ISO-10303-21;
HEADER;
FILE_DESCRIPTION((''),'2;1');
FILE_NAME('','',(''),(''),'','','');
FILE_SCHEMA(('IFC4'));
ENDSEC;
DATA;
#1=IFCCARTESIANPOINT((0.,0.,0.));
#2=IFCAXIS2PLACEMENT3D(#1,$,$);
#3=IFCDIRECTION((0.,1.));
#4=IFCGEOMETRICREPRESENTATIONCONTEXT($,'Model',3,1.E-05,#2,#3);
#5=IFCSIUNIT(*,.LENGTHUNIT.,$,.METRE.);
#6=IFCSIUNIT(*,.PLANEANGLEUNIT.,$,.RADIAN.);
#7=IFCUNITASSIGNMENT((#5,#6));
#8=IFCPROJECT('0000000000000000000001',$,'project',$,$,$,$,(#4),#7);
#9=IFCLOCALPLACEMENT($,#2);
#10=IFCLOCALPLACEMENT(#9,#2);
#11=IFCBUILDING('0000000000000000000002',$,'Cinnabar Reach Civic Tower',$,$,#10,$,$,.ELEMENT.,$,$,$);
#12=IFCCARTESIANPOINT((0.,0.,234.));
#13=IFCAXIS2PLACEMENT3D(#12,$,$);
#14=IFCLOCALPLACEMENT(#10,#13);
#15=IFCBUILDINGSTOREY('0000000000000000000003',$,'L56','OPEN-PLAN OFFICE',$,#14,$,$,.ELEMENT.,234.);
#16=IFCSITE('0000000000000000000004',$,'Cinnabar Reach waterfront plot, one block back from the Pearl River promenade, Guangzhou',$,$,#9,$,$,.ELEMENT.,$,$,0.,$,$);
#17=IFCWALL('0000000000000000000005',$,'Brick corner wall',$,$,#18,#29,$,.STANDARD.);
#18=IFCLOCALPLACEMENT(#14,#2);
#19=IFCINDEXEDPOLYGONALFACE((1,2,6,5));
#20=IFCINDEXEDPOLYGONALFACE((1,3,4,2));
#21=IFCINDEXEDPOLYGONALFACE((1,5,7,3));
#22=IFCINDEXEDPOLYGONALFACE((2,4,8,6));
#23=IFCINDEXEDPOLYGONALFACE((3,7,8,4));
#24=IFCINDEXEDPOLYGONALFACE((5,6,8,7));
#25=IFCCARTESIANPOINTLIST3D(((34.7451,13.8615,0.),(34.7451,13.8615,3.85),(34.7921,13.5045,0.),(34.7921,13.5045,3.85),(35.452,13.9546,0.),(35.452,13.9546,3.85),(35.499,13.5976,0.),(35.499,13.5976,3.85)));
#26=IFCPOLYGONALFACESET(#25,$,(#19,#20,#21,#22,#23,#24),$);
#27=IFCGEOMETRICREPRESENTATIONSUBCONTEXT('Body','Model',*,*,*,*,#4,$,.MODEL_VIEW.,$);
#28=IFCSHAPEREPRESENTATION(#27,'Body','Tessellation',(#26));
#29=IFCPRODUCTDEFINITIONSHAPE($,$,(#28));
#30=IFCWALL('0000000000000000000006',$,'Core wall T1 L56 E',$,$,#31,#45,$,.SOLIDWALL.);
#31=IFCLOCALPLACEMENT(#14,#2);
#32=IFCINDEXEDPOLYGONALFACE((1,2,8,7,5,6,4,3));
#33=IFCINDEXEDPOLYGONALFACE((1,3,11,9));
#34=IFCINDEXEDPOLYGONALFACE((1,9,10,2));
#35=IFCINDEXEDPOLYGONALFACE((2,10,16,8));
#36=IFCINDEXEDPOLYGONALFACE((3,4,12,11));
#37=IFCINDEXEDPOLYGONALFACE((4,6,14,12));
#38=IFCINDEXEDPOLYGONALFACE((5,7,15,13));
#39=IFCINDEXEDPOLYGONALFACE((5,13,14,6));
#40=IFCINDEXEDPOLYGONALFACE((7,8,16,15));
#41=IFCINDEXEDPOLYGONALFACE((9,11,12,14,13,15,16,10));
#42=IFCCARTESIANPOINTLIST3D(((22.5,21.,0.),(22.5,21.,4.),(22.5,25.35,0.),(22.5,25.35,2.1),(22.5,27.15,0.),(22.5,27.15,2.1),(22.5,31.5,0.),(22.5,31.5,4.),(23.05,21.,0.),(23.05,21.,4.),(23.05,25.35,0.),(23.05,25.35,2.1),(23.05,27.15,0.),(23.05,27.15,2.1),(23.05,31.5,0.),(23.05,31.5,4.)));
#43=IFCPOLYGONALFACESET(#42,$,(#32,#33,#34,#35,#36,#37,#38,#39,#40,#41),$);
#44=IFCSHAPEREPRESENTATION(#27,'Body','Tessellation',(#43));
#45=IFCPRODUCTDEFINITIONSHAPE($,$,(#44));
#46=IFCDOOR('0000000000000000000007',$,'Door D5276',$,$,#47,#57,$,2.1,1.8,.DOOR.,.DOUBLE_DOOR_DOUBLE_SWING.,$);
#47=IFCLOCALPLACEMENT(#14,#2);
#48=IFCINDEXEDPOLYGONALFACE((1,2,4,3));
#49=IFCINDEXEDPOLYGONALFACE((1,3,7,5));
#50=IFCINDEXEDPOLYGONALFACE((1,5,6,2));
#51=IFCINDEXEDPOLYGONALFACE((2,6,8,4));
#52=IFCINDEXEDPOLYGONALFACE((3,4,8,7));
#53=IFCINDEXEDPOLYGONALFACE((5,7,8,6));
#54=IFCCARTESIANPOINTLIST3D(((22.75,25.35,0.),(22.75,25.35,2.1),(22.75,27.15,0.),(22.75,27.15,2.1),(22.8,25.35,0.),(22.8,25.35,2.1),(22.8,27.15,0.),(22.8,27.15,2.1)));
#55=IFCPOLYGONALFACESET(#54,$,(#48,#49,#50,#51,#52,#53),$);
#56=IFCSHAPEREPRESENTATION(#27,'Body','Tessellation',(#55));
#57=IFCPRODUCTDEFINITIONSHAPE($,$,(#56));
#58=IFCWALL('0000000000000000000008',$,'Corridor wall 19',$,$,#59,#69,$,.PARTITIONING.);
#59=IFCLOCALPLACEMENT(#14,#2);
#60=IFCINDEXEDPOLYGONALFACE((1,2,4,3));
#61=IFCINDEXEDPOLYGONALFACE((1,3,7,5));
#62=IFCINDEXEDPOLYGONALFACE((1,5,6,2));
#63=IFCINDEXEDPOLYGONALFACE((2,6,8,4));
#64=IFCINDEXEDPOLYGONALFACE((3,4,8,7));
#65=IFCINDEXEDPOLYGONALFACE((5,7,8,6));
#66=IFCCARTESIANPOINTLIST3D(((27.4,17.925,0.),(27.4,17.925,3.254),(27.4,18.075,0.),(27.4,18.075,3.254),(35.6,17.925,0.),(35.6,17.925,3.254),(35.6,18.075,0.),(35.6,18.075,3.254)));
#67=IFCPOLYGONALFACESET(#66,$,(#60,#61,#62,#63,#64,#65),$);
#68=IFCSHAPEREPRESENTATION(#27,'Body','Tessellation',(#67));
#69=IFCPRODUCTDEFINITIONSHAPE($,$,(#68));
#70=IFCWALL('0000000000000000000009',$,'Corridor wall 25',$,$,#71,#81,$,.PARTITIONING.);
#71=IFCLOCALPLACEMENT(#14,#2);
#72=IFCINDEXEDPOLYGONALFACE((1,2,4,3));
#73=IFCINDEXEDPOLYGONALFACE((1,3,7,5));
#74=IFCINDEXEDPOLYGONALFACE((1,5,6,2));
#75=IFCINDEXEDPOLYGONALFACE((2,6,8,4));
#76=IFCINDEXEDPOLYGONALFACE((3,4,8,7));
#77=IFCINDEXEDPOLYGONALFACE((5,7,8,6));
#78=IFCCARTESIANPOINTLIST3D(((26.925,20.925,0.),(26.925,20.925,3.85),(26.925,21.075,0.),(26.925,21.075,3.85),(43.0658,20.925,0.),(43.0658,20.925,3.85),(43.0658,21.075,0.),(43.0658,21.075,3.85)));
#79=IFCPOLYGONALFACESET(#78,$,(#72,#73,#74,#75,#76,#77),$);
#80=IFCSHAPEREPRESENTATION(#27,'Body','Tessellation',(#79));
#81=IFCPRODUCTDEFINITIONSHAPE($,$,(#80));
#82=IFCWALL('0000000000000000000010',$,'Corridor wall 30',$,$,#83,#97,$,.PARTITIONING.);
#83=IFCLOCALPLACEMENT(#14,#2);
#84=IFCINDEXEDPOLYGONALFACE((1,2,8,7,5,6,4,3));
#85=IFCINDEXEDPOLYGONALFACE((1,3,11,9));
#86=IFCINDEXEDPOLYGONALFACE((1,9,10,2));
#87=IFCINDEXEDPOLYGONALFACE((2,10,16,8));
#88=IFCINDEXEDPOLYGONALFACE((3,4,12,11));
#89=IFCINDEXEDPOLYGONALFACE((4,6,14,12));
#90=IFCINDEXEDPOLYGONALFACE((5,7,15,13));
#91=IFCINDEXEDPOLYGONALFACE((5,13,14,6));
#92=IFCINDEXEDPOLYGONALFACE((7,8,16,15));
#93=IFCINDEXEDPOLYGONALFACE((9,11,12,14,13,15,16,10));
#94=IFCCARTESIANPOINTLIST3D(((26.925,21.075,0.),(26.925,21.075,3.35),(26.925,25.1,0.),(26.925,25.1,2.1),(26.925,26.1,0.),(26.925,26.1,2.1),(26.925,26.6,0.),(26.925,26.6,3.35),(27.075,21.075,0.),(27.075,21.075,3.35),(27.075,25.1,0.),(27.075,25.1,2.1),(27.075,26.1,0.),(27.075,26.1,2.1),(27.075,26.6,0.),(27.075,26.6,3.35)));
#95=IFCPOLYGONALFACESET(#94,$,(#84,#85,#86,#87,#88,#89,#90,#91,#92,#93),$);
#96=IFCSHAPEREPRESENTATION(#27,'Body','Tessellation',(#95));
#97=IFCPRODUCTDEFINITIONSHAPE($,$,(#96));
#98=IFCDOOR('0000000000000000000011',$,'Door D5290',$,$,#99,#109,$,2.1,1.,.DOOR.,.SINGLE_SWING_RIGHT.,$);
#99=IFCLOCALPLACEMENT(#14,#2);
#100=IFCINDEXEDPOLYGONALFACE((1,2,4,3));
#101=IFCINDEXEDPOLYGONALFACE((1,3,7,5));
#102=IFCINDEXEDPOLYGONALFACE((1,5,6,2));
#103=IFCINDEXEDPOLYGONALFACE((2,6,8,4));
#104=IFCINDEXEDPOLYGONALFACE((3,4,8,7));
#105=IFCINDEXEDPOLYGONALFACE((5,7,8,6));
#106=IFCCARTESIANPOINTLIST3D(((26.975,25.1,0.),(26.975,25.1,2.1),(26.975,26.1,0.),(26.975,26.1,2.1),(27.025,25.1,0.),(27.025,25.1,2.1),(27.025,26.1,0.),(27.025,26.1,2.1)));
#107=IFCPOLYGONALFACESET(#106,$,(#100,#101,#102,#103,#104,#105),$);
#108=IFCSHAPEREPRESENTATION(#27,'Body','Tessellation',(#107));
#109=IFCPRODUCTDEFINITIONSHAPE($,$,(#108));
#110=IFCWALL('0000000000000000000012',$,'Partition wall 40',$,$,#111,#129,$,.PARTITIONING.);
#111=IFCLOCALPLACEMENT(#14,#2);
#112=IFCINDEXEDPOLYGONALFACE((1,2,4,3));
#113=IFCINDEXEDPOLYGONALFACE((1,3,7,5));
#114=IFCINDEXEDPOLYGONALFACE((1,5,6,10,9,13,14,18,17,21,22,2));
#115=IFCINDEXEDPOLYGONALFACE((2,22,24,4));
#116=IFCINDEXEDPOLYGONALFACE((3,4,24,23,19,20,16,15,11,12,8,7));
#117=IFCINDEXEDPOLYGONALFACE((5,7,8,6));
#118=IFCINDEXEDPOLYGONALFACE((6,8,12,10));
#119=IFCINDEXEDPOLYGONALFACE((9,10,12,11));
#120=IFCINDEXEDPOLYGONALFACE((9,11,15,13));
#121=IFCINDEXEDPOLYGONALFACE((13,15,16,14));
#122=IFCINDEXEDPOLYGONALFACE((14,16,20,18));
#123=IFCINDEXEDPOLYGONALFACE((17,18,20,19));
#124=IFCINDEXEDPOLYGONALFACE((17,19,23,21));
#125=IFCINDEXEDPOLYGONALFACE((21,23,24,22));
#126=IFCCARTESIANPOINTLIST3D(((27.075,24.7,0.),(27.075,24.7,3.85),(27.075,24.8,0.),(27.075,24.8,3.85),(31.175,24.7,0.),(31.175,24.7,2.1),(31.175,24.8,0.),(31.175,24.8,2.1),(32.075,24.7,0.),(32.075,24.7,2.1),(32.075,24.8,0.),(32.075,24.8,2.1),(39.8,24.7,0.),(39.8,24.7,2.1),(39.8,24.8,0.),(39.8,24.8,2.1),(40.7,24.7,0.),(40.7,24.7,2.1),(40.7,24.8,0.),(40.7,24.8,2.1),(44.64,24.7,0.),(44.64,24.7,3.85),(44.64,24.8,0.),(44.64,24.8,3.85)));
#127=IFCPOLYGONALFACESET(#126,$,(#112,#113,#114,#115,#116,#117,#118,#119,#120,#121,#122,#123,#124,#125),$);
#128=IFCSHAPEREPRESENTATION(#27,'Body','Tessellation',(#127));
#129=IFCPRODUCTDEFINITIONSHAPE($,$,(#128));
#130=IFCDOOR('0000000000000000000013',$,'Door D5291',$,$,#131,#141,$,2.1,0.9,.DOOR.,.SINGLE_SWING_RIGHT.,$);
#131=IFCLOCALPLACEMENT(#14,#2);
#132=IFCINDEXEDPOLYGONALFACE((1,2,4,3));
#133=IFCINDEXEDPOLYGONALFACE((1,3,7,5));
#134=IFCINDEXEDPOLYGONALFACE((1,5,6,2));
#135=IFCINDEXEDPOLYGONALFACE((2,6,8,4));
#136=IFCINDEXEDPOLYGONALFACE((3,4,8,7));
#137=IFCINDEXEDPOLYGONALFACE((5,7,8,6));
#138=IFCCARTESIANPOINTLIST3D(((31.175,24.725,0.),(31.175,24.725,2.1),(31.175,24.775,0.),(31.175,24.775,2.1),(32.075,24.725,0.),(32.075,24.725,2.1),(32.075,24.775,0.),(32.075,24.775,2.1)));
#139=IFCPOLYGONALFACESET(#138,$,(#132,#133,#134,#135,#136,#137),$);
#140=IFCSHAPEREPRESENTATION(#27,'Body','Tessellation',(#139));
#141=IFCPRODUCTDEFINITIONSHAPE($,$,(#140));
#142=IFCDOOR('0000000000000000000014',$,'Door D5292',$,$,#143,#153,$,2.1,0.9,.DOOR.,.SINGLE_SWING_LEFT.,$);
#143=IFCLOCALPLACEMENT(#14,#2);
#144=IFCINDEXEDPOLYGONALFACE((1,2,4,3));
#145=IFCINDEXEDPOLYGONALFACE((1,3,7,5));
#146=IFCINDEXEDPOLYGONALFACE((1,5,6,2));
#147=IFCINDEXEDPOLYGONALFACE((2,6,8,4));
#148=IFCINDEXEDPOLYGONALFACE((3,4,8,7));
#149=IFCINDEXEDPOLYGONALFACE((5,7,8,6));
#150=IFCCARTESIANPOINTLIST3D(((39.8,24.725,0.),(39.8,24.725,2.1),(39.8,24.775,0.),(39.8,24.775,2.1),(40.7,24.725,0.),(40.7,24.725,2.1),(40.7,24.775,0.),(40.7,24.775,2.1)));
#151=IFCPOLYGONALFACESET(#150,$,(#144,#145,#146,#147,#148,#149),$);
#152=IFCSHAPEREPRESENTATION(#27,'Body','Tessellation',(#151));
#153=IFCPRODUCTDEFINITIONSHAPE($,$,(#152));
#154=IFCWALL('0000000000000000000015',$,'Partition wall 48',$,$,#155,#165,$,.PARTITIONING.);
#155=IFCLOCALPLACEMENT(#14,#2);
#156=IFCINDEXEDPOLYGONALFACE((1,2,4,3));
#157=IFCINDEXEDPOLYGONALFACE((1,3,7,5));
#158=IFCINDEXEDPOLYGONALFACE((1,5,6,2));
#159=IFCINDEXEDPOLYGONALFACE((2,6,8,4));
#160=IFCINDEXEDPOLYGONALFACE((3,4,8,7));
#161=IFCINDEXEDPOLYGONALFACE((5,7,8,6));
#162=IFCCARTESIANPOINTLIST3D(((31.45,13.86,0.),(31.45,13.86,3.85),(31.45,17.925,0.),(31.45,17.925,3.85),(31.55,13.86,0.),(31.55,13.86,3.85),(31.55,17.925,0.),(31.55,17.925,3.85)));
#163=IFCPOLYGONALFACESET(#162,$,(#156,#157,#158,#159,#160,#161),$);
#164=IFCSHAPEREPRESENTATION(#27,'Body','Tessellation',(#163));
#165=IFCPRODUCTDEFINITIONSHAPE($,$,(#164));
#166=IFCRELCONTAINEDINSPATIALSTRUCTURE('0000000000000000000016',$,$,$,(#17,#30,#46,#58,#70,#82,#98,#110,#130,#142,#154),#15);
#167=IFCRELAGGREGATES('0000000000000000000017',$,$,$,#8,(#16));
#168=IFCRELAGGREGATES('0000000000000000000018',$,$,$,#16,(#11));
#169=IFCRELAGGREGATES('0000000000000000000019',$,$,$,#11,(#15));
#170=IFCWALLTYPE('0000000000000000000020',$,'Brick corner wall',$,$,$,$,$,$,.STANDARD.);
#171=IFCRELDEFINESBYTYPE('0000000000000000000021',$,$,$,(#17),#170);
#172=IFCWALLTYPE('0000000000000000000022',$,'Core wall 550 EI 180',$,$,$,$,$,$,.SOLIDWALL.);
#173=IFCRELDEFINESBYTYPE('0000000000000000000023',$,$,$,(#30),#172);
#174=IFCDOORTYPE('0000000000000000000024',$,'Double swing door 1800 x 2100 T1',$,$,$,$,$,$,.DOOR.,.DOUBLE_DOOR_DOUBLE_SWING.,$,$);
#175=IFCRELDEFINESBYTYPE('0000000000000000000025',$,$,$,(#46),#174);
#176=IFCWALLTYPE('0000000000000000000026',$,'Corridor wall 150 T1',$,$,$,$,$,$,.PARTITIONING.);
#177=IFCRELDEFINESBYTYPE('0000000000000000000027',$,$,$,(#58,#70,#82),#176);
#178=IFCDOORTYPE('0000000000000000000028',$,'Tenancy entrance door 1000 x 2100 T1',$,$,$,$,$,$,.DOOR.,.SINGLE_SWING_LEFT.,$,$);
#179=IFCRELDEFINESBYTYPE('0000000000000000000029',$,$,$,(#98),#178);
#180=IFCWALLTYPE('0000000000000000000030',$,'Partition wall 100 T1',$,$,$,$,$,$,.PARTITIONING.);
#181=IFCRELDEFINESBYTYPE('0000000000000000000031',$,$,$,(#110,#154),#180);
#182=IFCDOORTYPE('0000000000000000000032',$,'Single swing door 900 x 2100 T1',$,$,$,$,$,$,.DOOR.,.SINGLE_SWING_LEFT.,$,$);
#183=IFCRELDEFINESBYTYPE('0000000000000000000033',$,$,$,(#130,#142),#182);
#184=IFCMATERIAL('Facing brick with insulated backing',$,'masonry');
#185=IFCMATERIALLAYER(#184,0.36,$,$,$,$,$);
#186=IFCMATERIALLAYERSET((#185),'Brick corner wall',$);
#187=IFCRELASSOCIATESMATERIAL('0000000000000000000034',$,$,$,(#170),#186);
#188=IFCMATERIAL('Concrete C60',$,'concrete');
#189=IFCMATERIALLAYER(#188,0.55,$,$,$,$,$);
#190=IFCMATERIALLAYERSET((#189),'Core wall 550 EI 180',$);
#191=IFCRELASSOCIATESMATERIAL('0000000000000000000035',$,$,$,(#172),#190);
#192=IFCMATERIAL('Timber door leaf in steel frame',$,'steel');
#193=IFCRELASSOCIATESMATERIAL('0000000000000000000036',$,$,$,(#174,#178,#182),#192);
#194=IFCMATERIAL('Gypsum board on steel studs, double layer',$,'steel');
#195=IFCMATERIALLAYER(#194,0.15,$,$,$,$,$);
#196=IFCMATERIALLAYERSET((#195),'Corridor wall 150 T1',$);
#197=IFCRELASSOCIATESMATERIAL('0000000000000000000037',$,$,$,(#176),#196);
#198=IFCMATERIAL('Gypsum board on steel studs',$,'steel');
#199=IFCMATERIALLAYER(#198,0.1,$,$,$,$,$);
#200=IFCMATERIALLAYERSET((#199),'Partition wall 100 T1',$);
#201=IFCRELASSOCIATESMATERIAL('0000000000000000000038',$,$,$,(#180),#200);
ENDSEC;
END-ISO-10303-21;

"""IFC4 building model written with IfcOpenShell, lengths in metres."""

from ifc_helpers import new_model, si_unit, direction, frame, frame_2d, origin, place, context, subcontext, project, spatial, rectangle, extrude, material, layer, layer_set, type_object, element, fill, save


model = new_model("IFC4")

# Units and contexts
model_context = context("Model", 3, precision=1e-05, world=origin(), true_north=direction((0.0, 1.0)))
body_context = subcontext(model_context, "Body", "Model", "MODEL_VIEW")
ifc_project = project(units=[si_unit("LENGTHUNIT", "METRE"), si_unit("PLANEANGLEUNIT", "RADIAN")], contexts=[model_context])

# Site, building, storey
site_placement = place(None, origin())
site = spatial("IfcSite", under=ifc_project, at=site_placement, Name="Cinnabar Reach waterfront plot, one block back from the Pearl River promenade, Guangzhou", CompositionType="ELEMENT", RefElevation=0.0)
building_placement = place(site_placement, origin())
building = spatial("IfcBuilding", under=site, at=building_placement, Name="Cinnabar Reach Civic Tower", CompositionType="ELEMENT")
storey_placement = place(building_placement, frame((0.0, 0.0, 234.0)))
storey = spatial("IfcBuildingStorey", under=building, at=storey_placement, Name="L56", Description="OPEN-PLAN OFFICE", CompositionType="ELEMENT", Elevation=234.0)

# Shared definitions
ifc_material_1 = material(Name="Concrete C60", Category="concrete")

# Wall
ifc_material_2 = material(Name="Facing brick with insulated backing", Category="masonry")
ifc_layer_1 = layer(ifc_material_2, 0.36)
ifc_layer_set_1 = layer_set([ifc_layer_1], Name="Brick corner wall")
wall_type_1 = type_object("IfcWallType", Name="Brick corner wall", PredefinedType="STANDARD", material=ifc_layer_set_1)
wall_1_placement = place(storey_placement, frame((34.7686, 13.683, 0.0), z_axis=(0.0, 0.0, 1.0), x_axis=(0.991441, 0.130556, 0.0)))
element("IfcWall", 1, at=wall_1_placement, inside=storey, type_object=wall_type_1, Name="Brick corner wall", PredefinedType="STANDARD", context=body_context, shape_type="SweptSolid", body=[
    extrude(rectangle(XDim=0.7131, YDim=0.36, at=frame_2d((0.3565, 0.0))), origin(), (0.0, 0.0, 1.0), 3.85),
])

# Wall, opening, door
ifc_layer_2 = layer(ifc_material_1, 0.55)
ifc_layer_set_2 = layer_set([ifc_layer_2], Name="Core wall 550 EI 180")
wall_type_2 = type_object("IfcWallType", Name="Core wall 550 EI 180", PredefinedType="SOLIDWALL", material=ifc_layer_set_2)
wall_2_placement = place(storey_placement, frame((22.775, 21.0, 0.0), z_axis=(0.0, 0.0, 1.0), x_axis=(0.0, 1.0, 0.0)))
wall_2 = element("IfcWall", 2, at=wall_2_placement, inside=storey, type_object=wall_type_2, Name="Core wall T1 L56 E", PredefinedType="SOLIDWALL", context=body_context, shape_type="SweptSolid", body=[
    extrude(rectangle(XDim=10.5, YDim=0.55, at=frame_2d((5.25, 0.0))), origin(), (0.0, 0.0, 1.0), 4.0),
])
opening_1_placement = place(wall_2_placement, frame((4.35, 0.0, 0.0)))
opening_1 = element("IfcOpeningElement", 3, at=opening_1_placement, cuts=wall_2, PredefinedType="OPENING", context=body_context, shape_type="SweptSolid", body=[
    extrude(rectangle(XDim=1.8, YDim=2.1, at=frame_2d((0.9, 1.05))), frame((0.0, 0.285, 0.0), z_axis=(0.0, -1.0, 0.0), x_axis=(1.0, 0.0, 0.0)), (0.0, 0.0, 1.0), 0.57),
])
ifc_material_3 = material(Name="Timber door leaf in steel frame", Category="steel")
door_type_1 = type_object("IfcDoorType", Name="Double swing door 1800 x 2100 T1", OperationType="DOUBLE_DOOR_DOUBLE_SWING", PredefinedType="DOOR", material=ifc_material_3)
door_1_placement = place(opening_1_placement, origin())
door_1 = element("IfcDoor", 4, at=door_1_placement, inside=storey, type_object=door_type_1, Name="Door D5276", OperationType="DOUBLE_DOOR_DOUBLE_SWING", OverallHeight=2.1, OverallWidth=1.8, PredefinedType="DOOR", context=body_context, shape_type="SweptSolid", body=[
    extrude(rectangle(XDim=1.8, YDim=2.1, at=frame_2d((0.9, 1.05))), frame((0.0, 0.025, 0.0), z_axis=(0.0, -1.0, 0.0), x_axis=(1.0, 0.0, 0.0)), (0.0, 0.0, 1.0), 0.05),
])
fill(opening_1, door_1)

# Walls
ifc_material_4 = material(Name="Gypsum board on steel studs, double layer", Category="steel")
ifc_layer_3 = layer(ifc_material_4, 0.15)
ifc_layer_set_3 = layer_set([ifc_layer_3], Name="Corridor wall 150 T1")
wall_type_3 = type_object("IfcWallType", Name="Corridor wall 150 T1", PredefinedType="PARTITIONING", material=ifc_layer_set_3)
wall_3_placement = place(storey_placement, frame((27.4, 18.0, 0.0), z_axis=(0.0, 0.0, 1.0), x_axis=(1.0, 0.0, 0.0)))
element("IfcWall", 5, at=wall_3_placement, inside=storey, type_object=wall_type_3, Name="Corridor wall 19", PredefinedType="PARTITIONING", context=body_context, shape_type="SweptSolid", body=[
    extrude(rectangle(XDim=8.2, YDim=0.15, at=frame_2d((4.1, 0.0))), origin(), (0.0, 0.0, 1.0), 3.254),
])
wall_4_placement = place(storey_placement, frame((26.925, 21.0, 0.0), z_axis=(0.0, 0.0, 1.0), x_axis=(1.0, 0.0, 0.0)))
element("IfcWall", 6, at=wall_4_placement, inside=storey, type_object=wall_type_3, Name="Corridor wall 25", PredefinedType="PARTITIONING", context=body_context, shape_type="SweptSolid", body=[
    extrude(rectangle(XDim=16.1409, YDim=0.15, at=frame_2d((8.0704, 0.0))), origin(), (0.0, 0.0, 1.0), 3.85),
])

# Wall, opening, door
wall_5_placement = place(storey_placement, frame((27.0, 21.075, 0.0), z_axis=(0.0, 0.0, 1.0), x_axis=(0.0, 1.0, 0.0)))
wall_5 = element("IfcWall", 7, at=wall_5_placement, inside=storey, type_object=wall_type_3, Name="Corridor wall 30", PredefinedType="PARTITIONING", context=body_context, shape_type="SweptSolid", body=[
    extrude(rectangle(XDim=5.525, YDim=0.15, at=frame_2d((2.7625, 0.0))), origin(), (0.0, 0.0, 1.0), 3.35),
])
opening_2_placement = place(wall_5_placement, frame((4.025, 0.0, 0.0)))
opening_2 = element("IfcOpeningElement", 8, at=opening_2_placement, cuts=wall_5, PredefinedType="OPENING", context=body_context, shape_type="SweptSolid", body=[
    extrude(rectangle(XDim=1.0, YDim=2.1, at=frame_2d((0.5, 1.05))), frame((0.0, 0.085, 0.0), z_axis=(0.0, -1.0, 0.0), x_axis=(1.0, 0.0, 0.0)), (0.0, 0.0, 1.0), 0.17),
])
door_type_2 = type_object("IfcDoorType", Name="Tenancy entrance door 1000 x 2100 T1", OperationType="SINGLE_SWING_LEFT", PredefinedType="DOOR", material=ifc_material_3)
door_2_placement = place(opening_2_placement, frame((1.0, 0.0, 0.0), z_axis=(0.0, 0.0, 1.0), x_axis=(-1.0, 0.0, 0.0)))
door_2 = element("IfcDoor", 9, at=door_2_placement, inside=storey, type_object=door_type_2, Name="Door D5290", OperationType="SINGLE_SWING_RIGHT", OverallHeight=2.1, OverallWidth=1.0, PredefinedType="DOOR", context=body_context, shape_type="SweptSolid", body=[
    extrude(rectangle(XDim=1.0, YDim=2.1, at=frame_2d((0.5, 1.05))), frame((0.0, 0.025, 0.0), z_axis=(0.0, -1.0, 0.0), x_axis=(1.0, 0.0, 0.0)), (0.0, 0.0, 1.0), 0.05),
])
fill(opening_2, door_2)

# Wall, openings, doors
ifc_material_5 = material(Name="Gypsum board on steel studs", Category="steel")
ifc_layer_4 = layer(ifc_material_5, 0.1)
ifc_layer_set_4 = layer_set([ifc_layer_4], Name="Partition wall 100 T1")
wall_type_4 = type_object("IfcWallType", Name="Partition wall 100 T1", PredefinedType="PARTITIONING", material=ifc_layer_set_4)
wall_6_placement = place(storey_placement, frame((27.075, 24.75, 0.0), z_axis=(0.0, 0.0, 1.0), x_axis=(1.0, 0.0, 0.0)))
wall_6 = element("IfcWall", 10, at=wall_6_placement, inside=storey, type_object=wall_type_4, Name="Partition wall 40", PredefinedType="PARTITIONING", context=body_context, shape_type="SweptSolid", body=[
    extrude(rectangle(XDim=17.565, YDim=0.1, at=frame_2d((8.7825, 0.0))), origin(), (0.0, 0.0, 1.0), 3.85),
])
opening_3_placement = place(wall_6_placement, frame((4.1, 0.0, 0.0)))
opening_3 = element("IfcOpeningElement", 11, at=opening_3_placement, cuts=wall_6, PredefinedType="OPENING", context=body_context, shape_type="SweptSolid", body=[
    extrude(rectangle(XDim=0.9, YDim=2.1, at=frame_2d((0.45, 1.05))), frame((0.0, 0.06, 0.0), z_axis=(0.0, -1.0, 0.0), x_axis=(1.0, 0.0, 0.0)), (0.0, 0.0, 1.0), 0.12),
])
opening_4_placement = place(wall_6_placement, frame((12.725, 0.0, 0.0)))
opening_4 = element("IfcOpeningElement", 12, at=opening_4_placement, cuts=wall_6, PredefinedType="OPENING", context=body_context, shape_type="SweptSolid", body=[
    extrude(rectangle(XDim=0.9, YDim=2.1, at=frame_2d((0.45, 1.05))), frame((0.0, 0.06, 0.0), z_axis=(0.0, -1.0, 0.0), x_axis=(1.0, 0.0, 0.0)), (0.0, 0.0, 1.0), 0.12),
])
door_type_3 = type_object("IfcDoorType", Name="Single swing door 900 x 2100 T1", OperationType="SINGLE_SWING_LEFT", PredefinedType="DOOR", material=ifc_material_3)
door_3_placement = place(opening_3_placement, frame((0.9, 0.0, 0.0), z_axis=(0.0, 0.0, 1.0), x_axis=(-1.0, 0.0, 0.0)))
door_3 = element("IfcDoor", 13, at=door_3_placement, inside=storey, type_object=door_type_3, Name="Door D5291", OperationType="SINGLE_SWING_RIGHT", OverallHeight=2.1, OverallWidth=0.9, PredefinedType="DOOR", context=body_context, shape_type="SweptSolid", body=[
    extrude(rectangle(XDim=0.9, YDim=2.1, at=frame_2d((0.45, 1.05))), frame((0.0, 0.025, 0.0), z_axis=(0.0, -1.0, 0.0), x_axis=(1.0, 0.0, 0.0)), (0.0, 0.0, 1.0), 0.05),
])
fill(opening_3, door_3)
door_4_placement = place(opening_4_placement, frame((0.9, 0.0, 0.0), z_axis=(0.0, 0.0, 1.0), x_axis=(-1.0, 0.0, 0.0)))
door_4 = element("IfcDoor", 14, at=door_4_placement, inside=storey, type_object=door_type_3, Name="Door D5292", OperationType="SINGLE_SWING_LEFT", OverallHeight=2.1, OverallWidth=0.9, PredefinedType="DOOR", context=body_context, shape_type="SweptSolid", body=[
    extrude(rectangle(XDim=0.9, YDim=2.1, at=frame_2d((0.45, 1.05))), frame((0.0, 0.025, 0.0), z_axis=(0.0, -1.0, 0.0), x_axis=(1.0, 0.0, 0.0)), (0.0, 0.0, 1.0), 0.05),
])
fill(opening_4, door_4)

# Wall
wall_7_placement = place(storey_placement, frame((31.5, 13.86, 0.0), z_axis=(0.0, 0.0, 1.0), x_axis=(0.0, 1.0, 0.0)))
element("IfcWall", 15, at=wall_7_placement, inside=storey, type_object=wall_type_4, Name="Partition wall 48", PredefinedType="PARTITIONING", context=body_context, shape_type="SweptSolid", body=[
    extrude(rectangle(XDim=4.065, YDim=0.1, at=frame_2d((2.0325, 0.0))), origin(), (0.0, 0.0, 1.0), 3.85),
])

save(model, "model.ifc")
